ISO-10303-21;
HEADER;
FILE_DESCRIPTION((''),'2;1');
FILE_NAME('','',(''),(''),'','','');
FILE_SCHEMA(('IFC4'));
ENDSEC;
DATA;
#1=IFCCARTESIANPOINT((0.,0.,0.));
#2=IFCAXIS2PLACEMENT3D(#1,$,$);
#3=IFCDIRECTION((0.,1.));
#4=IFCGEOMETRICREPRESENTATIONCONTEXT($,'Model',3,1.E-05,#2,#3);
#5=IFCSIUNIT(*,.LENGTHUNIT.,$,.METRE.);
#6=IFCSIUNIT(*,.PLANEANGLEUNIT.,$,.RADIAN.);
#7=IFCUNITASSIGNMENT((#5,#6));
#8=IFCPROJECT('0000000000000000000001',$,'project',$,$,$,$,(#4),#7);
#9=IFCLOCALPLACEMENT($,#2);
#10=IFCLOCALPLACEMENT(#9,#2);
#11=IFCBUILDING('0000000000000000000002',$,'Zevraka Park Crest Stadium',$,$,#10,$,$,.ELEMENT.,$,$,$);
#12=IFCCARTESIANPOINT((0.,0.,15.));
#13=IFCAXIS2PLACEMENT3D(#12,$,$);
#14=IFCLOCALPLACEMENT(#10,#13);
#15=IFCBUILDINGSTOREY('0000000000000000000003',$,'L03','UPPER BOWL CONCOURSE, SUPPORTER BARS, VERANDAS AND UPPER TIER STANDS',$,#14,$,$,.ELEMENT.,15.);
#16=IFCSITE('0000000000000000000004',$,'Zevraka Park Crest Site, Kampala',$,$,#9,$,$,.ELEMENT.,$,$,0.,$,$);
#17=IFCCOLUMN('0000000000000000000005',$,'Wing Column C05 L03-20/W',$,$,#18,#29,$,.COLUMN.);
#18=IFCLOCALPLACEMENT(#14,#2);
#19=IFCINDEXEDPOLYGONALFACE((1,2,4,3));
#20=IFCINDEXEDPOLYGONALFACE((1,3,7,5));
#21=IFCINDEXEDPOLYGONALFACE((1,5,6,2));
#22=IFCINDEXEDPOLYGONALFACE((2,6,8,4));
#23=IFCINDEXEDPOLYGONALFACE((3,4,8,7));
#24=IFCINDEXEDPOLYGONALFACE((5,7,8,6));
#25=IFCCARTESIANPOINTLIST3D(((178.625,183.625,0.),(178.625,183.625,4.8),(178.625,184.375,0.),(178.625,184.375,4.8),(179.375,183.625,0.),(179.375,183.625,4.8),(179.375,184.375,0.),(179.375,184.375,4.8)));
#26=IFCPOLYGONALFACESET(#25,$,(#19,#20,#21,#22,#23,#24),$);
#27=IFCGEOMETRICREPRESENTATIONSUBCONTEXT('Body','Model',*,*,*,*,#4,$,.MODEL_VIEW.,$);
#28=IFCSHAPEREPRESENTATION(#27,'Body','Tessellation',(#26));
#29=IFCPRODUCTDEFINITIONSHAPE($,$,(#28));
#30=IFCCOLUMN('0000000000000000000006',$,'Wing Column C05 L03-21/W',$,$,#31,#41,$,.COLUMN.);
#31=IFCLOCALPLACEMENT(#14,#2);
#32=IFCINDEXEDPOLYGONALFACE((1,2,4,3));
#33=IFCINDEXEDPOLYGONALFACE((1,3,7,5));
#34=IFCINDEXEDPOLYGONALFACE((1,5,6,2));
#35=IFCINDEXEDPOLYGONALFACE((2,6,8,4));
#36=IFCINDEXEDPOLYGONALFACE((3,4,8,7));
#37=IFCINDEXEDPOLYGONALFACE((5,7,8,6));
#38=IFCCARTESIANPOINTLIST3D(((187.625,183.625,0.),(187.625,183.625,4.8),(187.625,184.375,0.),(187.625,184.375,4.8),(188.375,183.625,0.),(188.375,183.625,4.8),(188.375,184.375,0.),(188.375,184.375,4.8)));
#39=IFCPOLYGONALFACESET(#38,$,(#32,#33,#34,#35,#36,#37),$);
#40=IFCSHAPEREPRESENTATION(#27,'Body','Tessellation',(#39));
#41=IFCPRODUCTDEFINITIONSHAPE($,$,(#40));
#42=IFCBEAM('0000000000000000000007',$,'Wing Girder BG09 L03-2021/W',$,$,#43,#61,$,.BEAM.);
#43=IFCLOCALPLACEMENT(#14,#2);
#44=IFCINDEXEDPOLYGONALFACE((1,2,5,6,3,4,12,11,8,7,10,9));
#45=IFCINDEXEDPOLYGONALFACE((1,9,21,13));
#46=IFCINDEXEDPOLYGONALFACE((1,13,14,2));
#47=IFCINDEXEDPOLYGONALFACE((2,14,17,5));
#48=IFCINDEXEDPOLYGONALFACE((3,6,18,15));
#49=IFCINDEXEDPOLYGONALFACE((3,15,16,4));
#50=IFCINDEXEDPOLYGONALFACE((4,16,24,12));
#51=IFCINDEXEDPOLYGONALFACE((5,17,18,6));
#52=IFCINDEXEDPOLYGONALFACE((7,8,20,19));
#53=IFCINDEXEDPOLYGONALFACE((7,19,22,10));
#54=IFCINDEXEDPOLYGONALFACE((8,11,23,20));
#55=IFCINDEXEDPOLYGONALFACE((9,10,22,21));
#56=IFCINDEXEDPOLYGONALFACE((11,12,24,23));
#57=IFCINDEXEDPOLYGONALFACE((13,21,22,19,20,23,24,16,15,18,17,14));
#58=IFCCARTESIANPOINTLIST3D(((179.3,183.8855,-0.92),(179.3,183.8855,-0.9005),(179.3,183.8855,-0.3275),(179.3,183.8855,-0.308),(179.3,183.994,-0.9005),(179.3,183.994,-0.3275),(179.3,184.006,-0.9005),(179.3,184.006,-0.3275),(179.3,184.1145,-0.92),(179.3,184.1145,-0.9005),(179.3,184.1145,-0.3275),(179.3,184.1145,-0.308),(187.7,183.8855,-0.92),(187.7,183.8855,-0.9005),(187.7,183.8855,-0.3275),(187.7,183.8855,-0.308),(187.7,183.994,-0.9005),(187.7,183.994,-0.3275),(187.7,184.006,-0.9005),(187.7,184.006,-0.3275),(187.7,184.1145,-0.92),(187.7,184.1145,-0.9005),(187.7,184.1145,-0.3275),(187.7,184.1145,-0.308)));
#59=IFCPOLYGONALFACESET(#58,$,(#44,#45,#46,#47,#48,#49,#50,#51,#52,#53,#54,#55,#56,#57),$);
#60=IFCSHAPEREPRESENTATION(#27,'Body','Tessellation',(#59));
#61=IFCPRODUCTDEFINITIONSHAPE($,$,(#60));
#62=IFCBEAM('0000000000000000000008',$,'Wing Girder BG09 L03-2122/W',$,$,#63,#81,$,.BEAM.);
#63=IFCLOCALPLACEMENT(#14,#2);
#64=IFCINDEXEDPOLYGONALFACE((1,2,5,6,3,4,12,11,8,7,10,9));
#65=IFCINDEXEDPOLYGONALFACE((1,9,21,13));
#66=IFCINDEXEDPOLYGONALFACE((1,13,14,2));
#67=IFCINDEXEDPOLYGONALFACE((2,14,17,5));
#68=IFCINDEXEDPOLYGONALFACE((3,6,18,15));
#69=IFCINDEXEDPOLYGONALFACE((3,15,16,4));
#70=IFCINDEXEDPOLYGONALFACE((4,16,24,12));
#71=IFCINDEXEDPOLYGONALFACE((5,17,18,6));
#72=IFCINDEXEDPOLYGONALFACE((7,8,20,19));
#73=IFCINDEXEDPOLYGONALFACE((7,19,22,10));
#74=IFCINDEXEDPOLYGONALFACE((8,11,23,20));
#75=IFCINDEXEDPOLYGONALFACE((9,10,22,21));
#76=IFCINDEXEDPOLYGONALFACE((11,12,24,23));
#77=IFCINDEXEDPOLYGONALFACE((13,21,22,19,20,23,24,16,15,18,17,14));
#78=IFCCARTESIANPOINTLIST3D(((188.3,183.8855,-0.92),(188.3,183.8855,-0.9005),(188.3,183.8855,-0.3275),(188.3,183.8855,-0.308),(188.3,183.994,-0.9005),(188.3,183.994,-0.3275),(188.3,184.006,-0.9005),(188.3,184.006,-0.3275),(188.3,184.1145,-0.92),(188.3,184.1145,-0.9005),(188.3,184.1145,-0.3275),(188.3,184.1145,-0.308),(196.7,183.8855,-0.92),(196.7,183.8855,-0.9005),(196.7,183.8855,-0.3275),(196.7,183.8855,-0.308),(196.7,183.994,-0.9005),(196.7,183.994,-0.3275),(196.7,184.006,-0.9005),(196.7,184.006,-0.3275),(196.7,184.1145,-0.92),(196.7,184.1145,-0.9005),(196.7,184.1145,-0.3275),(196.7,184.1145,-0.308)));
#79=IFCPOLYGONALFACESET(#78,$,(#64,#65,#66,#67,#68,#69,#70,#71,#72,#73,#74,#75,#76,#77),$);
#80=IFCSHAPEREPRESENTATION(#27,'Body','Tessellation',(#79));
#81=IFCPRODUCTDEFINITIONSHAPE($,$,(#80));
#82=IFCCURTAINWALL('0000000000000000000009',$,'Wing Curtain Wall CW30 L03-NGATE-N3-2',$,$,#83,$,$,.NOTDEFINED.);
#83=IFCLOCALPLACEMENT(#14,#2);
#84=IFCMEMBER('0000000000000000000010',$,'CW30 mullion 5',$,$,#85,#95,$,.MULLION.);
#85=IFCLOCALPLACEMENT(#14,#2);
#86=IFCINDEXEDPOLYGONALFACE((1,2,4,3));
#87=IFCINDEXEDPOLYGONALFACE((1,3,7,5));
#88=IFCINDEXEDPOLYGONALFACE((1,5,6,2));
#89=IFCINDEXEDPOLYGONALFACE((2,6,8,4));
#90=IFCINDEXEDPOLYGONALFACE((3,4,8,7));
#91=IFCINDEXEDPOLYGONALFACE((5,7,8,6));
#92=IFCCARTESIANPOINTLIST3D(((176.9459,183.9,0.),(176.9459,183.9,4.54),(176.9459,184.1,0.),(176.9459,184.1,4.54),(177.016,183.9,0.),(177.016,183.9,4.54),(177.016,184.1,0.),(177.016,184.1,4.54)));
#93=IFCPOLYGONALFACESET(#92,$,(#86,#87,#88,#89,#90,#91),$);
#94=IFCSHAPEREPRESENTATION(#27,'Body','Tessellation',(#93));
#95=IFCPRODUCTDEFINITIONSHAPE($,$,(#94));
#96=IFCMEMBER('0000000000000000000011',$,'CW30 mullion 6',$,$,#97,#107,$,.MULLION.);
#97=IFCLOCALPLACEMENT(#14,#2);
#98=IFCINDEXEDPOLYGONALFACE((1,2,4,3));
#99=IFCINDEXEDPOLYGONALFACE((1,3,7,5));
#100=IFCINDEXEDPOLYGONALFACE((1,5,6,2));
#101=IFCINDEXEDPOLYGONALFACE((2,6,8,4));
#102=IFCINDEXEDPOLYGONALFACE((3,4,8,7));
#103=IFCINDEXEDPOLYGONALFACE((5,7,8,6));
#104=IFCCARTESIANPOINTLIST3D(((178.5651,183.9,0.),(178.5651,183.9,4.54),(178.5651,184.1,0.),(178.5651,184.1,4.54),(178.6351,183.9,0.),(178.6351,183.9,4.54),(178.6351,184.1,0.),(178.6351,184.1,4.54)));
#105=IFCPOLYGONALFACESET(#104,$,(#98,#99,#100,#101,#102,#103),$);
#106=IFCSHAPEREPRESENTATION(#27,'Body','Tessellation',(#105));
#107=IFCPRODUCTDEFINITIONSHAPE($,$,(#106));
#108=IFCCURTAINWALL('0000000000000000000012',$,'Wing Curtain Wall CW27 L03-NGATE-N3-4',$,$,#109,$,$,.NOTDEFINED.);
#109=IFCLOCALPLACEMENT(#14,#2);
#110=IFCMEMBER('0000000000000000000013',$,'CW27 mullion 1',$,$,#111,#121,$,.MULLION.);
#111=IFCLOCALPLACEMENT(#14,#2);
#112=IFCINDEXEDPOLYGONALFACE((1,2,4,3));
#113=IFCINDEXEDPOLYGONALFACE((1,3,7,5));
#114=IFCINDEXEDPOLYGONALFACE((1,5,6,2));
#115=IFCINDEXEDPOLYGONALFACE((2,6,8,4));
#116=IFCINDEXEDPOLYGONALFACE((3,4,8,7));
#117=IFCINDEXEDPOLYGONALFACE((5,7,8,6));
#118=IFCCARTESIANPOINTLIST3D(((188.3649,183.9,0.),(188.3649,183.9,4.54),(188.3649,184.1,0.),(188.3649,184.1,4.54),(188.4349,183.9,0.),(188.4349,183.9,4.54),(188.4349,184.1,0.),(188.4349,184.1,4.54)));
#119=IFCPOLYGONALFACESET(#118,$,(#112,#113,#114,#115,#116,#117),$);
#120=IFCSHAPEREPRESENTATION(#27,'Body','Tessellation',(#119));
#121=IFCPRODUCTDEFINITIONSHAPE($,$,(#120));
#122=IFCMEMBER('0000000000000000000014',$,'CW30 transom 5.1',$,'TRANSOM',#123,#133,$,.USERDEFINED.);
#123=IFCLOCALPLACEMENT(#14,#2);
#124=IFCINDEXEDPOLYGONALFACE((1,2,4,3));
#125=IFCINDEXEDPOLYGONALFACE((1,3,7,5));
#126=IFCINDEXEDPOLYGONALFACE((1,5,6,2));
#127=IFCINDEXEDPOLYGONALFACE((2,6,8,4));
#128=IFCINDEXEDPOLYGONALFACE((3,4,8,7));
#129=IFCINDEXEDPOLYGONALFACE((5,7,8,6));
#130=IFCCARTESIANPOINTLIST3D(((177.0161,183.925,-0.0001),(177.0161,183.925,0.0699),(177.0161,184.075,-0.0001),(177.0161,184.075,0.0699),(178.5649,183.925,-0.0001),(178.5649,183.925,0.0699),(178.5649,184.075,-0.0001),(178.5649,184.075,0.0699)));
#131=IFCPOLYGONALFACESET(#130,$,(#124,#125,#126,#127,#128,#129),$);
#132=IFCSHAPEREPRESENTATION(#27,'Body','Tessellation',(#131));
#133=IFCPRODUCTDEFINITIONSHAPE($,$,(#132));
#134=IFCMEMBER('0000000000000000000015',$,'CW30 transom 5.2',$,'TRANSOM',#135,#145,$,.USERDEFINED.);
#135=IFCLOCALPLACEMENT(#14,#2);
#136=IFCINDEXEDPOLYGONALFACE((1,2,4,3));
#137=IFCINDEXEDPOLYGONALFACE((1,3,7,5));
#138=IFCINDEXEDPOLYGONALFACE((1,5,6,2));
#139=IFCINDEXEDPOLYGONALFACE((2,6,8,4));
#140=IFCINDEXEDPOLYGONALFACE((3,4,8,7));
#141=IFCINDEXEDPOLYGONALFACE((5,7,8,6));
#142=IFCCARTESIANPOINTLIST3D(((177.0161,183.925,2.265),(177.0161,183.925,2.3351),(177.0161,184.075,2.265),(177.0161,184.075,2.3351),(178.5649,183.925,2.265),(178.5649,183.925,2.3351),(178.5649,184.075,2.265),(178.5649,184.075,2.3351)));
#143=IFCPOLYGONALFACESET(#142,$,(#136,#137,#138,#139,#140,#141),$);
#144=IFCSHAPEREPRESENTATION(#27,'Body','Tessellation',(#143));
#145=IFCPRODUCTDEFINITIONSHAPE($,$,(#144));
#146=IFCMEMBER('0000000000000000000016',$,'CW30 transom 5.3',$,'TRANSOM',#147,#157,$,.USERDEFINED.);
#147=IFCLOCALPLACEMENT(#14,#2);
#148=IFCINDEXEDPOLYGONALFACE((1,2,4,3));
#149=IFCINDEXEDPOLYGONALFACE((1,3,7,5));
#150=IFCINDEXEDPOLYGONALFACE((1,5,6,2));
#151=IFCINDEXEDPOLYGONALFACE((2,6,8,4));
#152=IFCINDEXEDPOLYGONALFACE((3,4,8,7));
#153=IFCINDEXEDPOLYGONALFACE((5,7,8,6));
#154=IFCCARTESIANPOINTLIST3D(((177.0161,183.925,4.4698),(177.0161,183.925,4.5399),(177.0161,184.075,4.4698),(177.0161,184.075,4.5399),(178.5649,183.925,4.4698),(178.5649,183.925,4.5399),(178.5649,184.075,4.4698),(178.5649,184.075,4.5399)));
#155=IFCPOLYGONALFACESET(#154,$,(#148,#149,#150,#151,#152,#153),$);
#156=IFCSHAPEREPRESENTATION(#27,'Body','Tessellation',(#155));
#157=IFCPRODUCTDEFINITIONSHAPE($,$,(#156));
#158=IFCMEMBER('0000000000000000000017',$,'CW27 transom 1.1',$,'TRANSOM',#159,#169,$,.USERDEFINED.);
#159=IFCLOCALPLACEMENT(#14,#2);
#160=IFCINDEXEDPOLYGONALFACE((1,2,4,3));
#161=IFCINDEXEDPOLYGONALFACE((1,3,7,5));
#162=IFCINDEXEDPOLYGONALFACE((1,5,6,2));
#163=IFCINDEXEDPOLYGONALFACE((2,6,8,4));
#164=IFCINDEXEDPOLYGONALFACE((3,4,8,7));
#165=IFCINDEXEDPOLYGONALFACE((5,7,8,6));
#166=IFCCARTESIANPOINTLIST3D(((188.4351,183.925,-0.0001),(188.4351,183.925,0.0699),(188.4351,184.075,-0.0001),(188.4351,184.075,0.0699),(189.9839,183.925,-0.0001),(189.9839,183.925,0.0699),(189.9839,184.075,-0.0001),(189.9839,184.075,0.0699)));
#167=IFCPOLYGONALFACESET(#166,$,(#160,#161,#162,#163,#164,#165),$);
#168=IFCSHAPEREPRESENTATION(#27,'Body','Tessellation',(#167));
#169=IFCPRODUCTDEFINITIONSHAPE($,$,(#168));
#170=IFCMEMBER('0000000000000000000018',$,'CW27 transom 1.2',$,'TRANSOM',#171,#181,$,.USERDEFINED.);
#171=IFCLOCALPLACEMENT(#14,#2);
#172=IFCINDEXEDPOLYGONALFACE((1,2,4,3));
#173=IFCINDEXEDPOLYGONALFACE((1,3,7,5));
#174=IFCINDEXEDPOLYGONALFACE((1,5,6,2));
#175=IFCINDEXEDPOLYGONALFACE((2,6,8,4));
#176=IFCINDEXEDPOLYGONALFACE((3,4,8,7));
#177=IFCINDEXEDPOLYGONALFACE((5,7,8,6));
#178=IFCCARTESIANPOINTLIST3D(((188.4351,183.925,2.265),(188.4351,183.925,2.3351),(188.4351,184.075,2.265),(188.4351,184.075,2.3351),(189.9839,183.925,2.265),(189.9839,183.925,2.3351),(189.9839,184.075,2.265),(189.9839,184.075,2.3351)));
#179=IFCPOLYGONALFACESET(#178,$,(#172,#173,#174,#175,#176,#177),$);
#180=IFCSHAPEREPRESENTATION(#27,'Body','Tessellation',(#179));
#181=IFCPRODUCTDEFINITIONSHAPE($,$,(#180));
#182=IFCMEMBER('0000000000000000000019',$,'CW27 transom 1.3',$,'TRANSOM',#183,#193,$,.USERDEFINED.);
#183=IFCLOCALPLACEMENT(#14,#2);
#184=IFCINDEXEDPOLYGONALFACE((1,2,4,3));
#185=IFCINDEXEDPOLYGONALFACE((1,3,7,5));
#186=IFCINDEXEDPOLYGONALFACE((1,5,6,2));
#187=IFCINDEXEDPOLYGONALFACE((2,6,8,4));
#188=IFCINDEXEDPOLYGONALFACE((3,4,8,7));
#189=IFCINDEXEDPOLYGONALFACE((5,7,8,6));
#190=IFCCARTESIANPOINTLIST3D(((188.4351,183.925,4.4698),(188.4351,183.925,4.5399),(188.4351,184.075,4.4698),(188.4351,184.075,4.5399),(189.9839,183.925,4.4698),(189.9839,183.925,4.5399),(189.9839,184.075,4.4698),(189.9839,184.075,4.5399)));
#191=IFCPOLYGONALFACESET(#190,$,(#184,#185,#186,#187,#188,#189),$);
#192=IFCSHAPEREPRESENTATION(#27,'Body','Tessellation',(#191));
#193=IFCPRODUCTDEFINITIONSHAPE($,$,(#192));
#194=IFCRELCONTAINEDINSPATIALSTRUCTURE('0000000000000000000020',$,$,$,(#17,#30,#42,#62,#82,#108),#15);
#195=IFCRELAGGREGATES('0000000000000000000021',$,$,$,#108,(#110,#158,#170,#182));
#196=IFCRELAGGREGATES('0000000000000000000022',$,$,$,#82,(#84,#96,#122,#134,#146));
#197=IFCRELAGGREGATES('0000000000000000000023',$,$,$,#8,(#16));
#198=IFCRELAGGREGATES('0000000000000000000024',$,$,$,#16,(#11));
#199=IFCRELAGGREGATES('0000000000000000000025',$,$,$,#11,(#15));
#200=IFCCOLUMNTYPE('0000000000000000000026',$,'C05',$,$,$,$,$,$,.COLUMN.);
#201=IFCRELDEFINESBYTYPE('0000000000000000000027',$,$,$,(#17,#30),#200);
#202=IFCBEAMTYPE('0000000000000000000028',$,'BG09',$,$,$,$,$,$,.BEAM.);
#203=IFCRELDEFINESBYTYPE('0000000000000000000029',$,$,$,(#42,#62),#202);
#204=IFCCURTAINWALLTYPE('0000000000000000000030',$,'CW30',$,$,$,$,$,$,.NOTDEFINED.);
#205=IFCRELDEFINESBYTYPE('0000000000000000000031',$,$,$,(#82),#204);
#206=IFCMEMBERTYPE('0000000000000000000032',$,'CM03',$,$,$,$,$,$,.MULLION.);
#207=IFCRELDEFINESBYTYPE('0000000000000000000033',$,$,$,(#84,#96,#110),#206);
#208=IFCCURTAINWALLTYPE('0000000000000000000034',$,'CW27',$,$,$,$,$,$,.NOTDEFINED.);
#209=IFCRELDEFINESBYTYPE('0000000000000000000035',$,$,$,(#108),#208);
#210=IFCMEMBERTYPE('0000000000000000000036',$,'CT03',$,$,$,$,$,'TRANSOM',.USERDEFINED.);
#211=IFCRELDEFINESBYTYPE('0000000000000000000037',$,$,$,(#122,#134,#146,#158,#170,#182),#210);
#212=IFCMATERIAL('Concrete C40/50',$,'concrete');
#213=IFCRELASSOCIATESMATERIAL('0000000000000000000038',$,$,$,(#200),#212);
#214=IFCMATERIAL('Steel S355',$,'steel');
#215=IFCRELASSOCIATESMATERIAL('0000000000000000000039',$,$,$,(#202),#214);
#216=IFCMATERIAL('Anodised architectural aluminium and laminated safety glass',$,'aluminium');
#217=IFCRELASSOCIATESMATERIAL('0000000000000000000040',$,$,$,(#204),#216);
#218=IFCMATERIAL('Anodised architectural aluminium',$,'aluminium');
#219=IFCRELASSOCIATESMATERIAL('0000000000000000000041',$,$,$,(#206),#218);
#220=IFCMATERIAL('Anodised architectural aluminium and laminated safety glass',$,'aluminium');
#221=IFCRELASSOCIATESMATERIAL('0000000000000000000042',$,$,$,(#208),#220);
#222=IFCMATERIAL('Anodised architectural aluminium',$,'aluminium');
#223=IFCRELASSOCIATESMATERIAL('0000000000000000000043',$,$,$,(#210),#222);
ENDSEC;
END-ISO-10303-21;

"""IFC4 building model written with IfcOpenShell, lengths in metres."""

from ifc_helpers import new_model, si_unit, direction, frame, origin, origin_2d, place, context, subcontext, project, spatial, rectangle, i_section, extrude, material, material_profile, profile_set, type_object, element, aggregate, save


model = new_model("IFC4")

# Units and contexts
model_context = context("Model", 3, precision=1e-05, world=origin(), true_north=direction((0.0, 1.0)))
body_context = subcontext(model_context, "Body", "Model", "MODEL_VIEW")
ifc_project = project(units=[si_unit("LENGTHUNIT", "METRE"), si_unit("PLANEANGLEUNIT", "RADIAN")], contexts=[model_context])

# Site, building, storey
site_placement = place(None, origin())
site = spatial("IfcSite", under=ifc_project, at=site_placement, Name="Zevraka Park Crest Site, Kampala", CompositionType="ELEMENT", RefElevation=0.0)
building_placement = place(site_placement, origin())
building = spatial("IfcBuilding", under=site, at=building_placement, Name="Zevraka Park Crest Stadium", CompositionType="ELEMENT")
storey_placement = place(building_placement, frame((0.0, 0.0, 15.0)))
storey = spatial("IfcBuildingStorey", under=building, at=storey_placement, Name="L03", Description="UPPER BOWL CONCOURSE, SUPPORTER BARS, VERANDAS AND UPPER TIER STANDS", CompositionType="ELEMENT", Elevation=15.0)

# Columns
ifc_material_1 = material(Name="Concrete C40/50", Category="concrete")
ifc_material_profile_1 = material_profile(ifc_material_1, rectangle(XDim=0.75, YDim=0.75, at=origin_2d()), Name="RC 750x750")
ifc_profile_set_1 = profile_set([ifc_material_profile_1], Name="Concrete C40/50")
column_type = type_object("IfcColumnType", Name="C05", PredefinedType="COLUMN", material=ifc_profile_set_1)
for number, where, z_axis, x_axis, name in (
    (1, (179.0, 184.0, 0.0), (0.0, 0.0, 1.0), (1.0, 0.0, 0.0), "Wing Column C05 L03-20/W"),
    (2, (188.0, 184.0, 0.0), (0.0, 0.0, 1.0), (1.0, 0.0, 0.0), "Wing Column C05 L03-21/W"),
):
    element("IfcColumn", number, at=place(storey_placement, frame(where, z_axis=z_axis, x_axis=x_axis)), inside=storey, type_object=column_type, Name=name, PredefinedType="COLUMN", context=body_context, shape_type="SweptSolid", body=[
        extrude(rectangle(XDim=0.75, YDim=0.75, at=origin_2d()), origin(), (0.0, 0.0, 1.0), 4.8),
    ])

# Beams
ifc_material_2 = material(Name="Steel S355", Category="steel")
ifc_material_profile_2 = material_profile(ifc_material_2, i_section(OverallWidth=0.229, OverallDepth=0.6121, WebThickness=0.012, FlangeThickness=0.0195, at=origin_2d()), Name="UKB 610x229x125")
ifc_profile_set_2 = profile_set([ifc_material_profile_2], Name="Steel S355")
beam_type = type_object("IfcBeamType", Name="BG09", PredefinedType="BEAM", material=ifc_profile_set_2)
for number, where, z_axis, x_axis, name in (
    (3, (179.3, 184.0, -0.614), (1.0, 0.0, 0.0), (0.0, 1.0, 0.0), "Wing Girder BG09 L03-2021/W"),
    (4, (188.3, 184.0, -0.614), (1.0, 0.0, 0.0), (0.0, 1.0, 0.0), "Wing Girder BG09 L03-2122/W"),
):
    element("IfcBeam", number, at=place(storey_placement, frame(where, z_axis=z_axis, x_axis=x_axis)), inside=storey, type_object=beam_type, Name=name, PredefinedType="BEAM", context=body_context, shape_type="SweptSolid", body=[
        extrude(i_section(OverallWidth=0.229, OverallDepth=0.6121, WebThickness=0.012, FlangeThickness=0.0195, at=origin_2d()), origin(), (0.0, 0.0, 1.0), 8.3999),
    ])

# Curtain wall, members
ifc_material_3 = material(Name="Anodised architectural aluminium and laminated safety glass", Category="aluminium")
curtain_wall_type_1 = type_object("IfcCurtainWallType", Name="CW30", PredefinedType="NOTDEFINED", material=ifc_material_3)
curtain_wall_1_placement = place(storey_placement, origin())
curtain_wall_1 = element("IfcCurtainWall", 5, at=curtain_wall_1_placement, inside=storey, type_object=curtain_wall_type_1, Name="Wing Curtain Wall CW30 L03-NGATE-N3-2", PredefinedType="NOTDEFINED")
ifc_material_4 = material(Name="Anodised architectural aluminium", Category="aluminium")
ifc_material_profile_3 = material_profile(ifc_material_4, rectangle(XDim=0.2, YDim=0.0701, at=origin_2d()), Name="ALU MULLION 200x70")
ifc_profile_set_3 = profile_set([ifc_material_profile_3], Name="Anodised architectural aluminium")
member_type_1 = type_object("IfcMemberType", Name="CM03", PredefinedType="MULLION", material=ifc_profile_set_3)
member_1_placement = place(storey_placement, frame((176.981, 184.0, 0.0), z_axis=(0.0, 0.0, 1.0), x_axis=(0.0, 1.0, 0.0)))
member_1 = element("IfcMember", 6, at=member_1_placement, type_object=member_type_1, Name="CW30 mullion 5", PredefinedType="MULLION", context=body_context, shape_type="SweptSolid", body=[
    extrude(rectangle(XDim=0.2, YDim=0.0701, at=origin_2d()), origin(), (0.0, 0.0, 1.0), 4.54),
])
member_2_placement = place(storey_placement, frame((178.6001, 184.0, 0.0), z_axis=(0.0, 0.0, 1.0), x_axis=(0.0, 1.0, 0.0)))
member_2 = element("IfcMember", 7, at=member_2_placement, type_object=member_type_1, Name="CW30 mullion 6", PredefinedType="MULLION", context=body_context, shape_type="SweptSolid", body=[
    extrude(rectangle(XDim=0.2, YDim=0.0701, at=origin_2d()), origin(), (0.0, 0.0, 1.0), 4.54),
])

# Curtain wall, member
ifc_material_5 = material(Name="Anodised architectural aluminium and laminated safety glass", Category="aluminium")
curtain_wall_type_2 = type_object("IfcCurtainWallType", Name="CW27", PredefinedType="NOTDEFINED", material=ifc_material_5)
curtain_wall_2_placement = place(storey_placement, origin())
curtain_wall_2 = element("IfcCurtainWall", 8, at=curtain_wall_2_placement, inside=storey, type_object=curtain_wall_type_2, Name="Wing Curtain Wall CW27 L03-NGATE-N3-4", PredefinedType="NOTDEFINED")
member_3_placement = place(storey_placement, frame((188.3999, 184.0, 0.0), z_axis=(0.0, 0.0, 1.0), x_axis=(0.0, 1.0, 0.0)))
member_3 = element("IfcMember", 9, at=member_3_placement, type_object=member_type_1, Name="CW27 mullion 1", PredefinedType="MULLION", context=body_context, shape_type="SweptSolid", body=[
    extrude(rectangle(XDim=0.2, YDim=0.0701, at=origin_2d()), origin(), (0.0, 0.0, 1.0), 4.54),
])

# Members
ifc_material_6 = material(Name="Anodised architectural aluminium", Category="aluminium")
ifc_material_profile_4 = material_profile(ifc_material_6, rectangle(XDim=0.1499, YDim=0.0701, at=origin_2d()), Name="ALU TRANSOM 150x70")
ifc_profile_set_4 = profile_set([ifc_material_profile_4], Name="Anodised architectural aluminium")
member_type_2 = type_object("IfcMemberType", Name="CT03", ElementType="TRANSOM", PredefinedType="USERDEFINED", material=ifc_profile_set_4)
member_4_placement = place(storey_placement, frame((177.0161, 184.0, 0.0349), z_axis=(1.0, 0.0, 0.0), x_axis=(0.0, 1.0, 0.0)))
member_4 = element("IfcMember", 10, at=member_4_placement, type_object=member_type_2, Name="CW30 transom 5.1", ObjectType="TRANSOM", PredefinedType="USERDEFINED", context=body_context, shape_type="SweptSolid", body=[
    extrude(rectangle(XDim=0.1499, YDim=0.0701, at=origin_2d()), origin(), (0.0, 0.0, 1.0), 1.5488),
])
member_5_placement = place(storey_placement, frame((177.0161, 184.0, 2.3), z_axis=(1.0, 0.0, 0.0), x_axis=(0.0, 1.0, 0.0)))
member_5 = element("IfcMember", 11, at=member_5_placement, type_object=member_type_2, Name="CW30 transom 5.2", ObjectType="TRANSOM", PredefinedType="USERDEFINED", context=body_context, shape_type="SweptSolid", body=[
    extrude(rectangle(XDim=0.1499, YDim=0.0701, at=origin_2d()), origin(), (0.0, 0.0, 1.0), 1.5488),
])
member_6_placement = place(storey_placement, frame((177.0161, 184.0, 4.5049), z_axis=(1.0, 0.0, 0.0), x_axis=(0.0, 1.0, 0.0)))
member_6 = element("IfcMember", 12, at=member_6_placement, type_object=member_type_2, Name="CW30 transom 5.3", ObjectType="TRANSOM", PredefinedType="USERDEFINED", context=body_context, shape_type="SweptSolid", body=[
    extrude(rectangle(XDim=0.1499, YDim=0.0701, at=origin_2d()), origin(), (0.0, 0.0, 1.0), 1.5488),
])
member_7_placement = place(storey_placement, frame((188.4351, 184.0, 0.0349), z_axis=(1.0, 0.0, 0.0), x_axis=(0.0, 1.0, 0.0)))
member_7 = element("IfcMember", 13, at=member_7_placement, type_object=member_type_2, Name="CW27 transom 1.1", ObjectType="TRANSOM", PredefinedType="USERDEFINED", context=body_context, shape_type="SweptSolid", body=[
    extrude(rectangle(XDim=0.1499, YDim=0.0701, at=origin_2d()), origin(), (0.0, 0.0, 1.0), 1.5488),
])
member_8_placement = place(storey_placement, frame((188.4351, 184.0, 2.3), z_axis=(1.0, 0.0, 0.0), x_axis=(0.0, 1.0, 0.0)))
member_8 = element("IfcMember", 14, at=member_8_placement, type_object=member_type_2, Name="CW27 transom 1.2", ObjectType="TRANSOM", PredefinedType="USERDEFINED", context=body_context, shape_type="SweptSolid", body=[
    extrude(rectangle(XDim=0.1499, YDim=0.0701, at=origin_2d()), origin(), (0.0, 0.0, 1.0), 1.5488),
])
member_9_placement = place(storey_placement, frame((188.4351, 184.0, 4.5049), z_axis=(1.0, 0.0, 0.0), x_axis=(0.0, 1.0, 0.0)))
member_9 = element("IfcMember", 15, at=member_9_placement, type_object=member_type_2, Name="CW27 transom 1.3", ObjectType="TRANSOM", PredefinedType="USERDEFINED", context=body_context, shape_type="SweptSolid", body=[
    extrude(rectangle(XDim=0.1499, YDim=0.0701, at=origin_2d()), origin(), (0.0, 0.0, 1.0), 1.5488),
])

aggregate(curtain_wall_2, [member_3, member_7, member_8, member_9])
aggregate(curtain_wall_1, [member_1, member_2, member_4, member_5, member_6])

save(model, "model.ifc")
